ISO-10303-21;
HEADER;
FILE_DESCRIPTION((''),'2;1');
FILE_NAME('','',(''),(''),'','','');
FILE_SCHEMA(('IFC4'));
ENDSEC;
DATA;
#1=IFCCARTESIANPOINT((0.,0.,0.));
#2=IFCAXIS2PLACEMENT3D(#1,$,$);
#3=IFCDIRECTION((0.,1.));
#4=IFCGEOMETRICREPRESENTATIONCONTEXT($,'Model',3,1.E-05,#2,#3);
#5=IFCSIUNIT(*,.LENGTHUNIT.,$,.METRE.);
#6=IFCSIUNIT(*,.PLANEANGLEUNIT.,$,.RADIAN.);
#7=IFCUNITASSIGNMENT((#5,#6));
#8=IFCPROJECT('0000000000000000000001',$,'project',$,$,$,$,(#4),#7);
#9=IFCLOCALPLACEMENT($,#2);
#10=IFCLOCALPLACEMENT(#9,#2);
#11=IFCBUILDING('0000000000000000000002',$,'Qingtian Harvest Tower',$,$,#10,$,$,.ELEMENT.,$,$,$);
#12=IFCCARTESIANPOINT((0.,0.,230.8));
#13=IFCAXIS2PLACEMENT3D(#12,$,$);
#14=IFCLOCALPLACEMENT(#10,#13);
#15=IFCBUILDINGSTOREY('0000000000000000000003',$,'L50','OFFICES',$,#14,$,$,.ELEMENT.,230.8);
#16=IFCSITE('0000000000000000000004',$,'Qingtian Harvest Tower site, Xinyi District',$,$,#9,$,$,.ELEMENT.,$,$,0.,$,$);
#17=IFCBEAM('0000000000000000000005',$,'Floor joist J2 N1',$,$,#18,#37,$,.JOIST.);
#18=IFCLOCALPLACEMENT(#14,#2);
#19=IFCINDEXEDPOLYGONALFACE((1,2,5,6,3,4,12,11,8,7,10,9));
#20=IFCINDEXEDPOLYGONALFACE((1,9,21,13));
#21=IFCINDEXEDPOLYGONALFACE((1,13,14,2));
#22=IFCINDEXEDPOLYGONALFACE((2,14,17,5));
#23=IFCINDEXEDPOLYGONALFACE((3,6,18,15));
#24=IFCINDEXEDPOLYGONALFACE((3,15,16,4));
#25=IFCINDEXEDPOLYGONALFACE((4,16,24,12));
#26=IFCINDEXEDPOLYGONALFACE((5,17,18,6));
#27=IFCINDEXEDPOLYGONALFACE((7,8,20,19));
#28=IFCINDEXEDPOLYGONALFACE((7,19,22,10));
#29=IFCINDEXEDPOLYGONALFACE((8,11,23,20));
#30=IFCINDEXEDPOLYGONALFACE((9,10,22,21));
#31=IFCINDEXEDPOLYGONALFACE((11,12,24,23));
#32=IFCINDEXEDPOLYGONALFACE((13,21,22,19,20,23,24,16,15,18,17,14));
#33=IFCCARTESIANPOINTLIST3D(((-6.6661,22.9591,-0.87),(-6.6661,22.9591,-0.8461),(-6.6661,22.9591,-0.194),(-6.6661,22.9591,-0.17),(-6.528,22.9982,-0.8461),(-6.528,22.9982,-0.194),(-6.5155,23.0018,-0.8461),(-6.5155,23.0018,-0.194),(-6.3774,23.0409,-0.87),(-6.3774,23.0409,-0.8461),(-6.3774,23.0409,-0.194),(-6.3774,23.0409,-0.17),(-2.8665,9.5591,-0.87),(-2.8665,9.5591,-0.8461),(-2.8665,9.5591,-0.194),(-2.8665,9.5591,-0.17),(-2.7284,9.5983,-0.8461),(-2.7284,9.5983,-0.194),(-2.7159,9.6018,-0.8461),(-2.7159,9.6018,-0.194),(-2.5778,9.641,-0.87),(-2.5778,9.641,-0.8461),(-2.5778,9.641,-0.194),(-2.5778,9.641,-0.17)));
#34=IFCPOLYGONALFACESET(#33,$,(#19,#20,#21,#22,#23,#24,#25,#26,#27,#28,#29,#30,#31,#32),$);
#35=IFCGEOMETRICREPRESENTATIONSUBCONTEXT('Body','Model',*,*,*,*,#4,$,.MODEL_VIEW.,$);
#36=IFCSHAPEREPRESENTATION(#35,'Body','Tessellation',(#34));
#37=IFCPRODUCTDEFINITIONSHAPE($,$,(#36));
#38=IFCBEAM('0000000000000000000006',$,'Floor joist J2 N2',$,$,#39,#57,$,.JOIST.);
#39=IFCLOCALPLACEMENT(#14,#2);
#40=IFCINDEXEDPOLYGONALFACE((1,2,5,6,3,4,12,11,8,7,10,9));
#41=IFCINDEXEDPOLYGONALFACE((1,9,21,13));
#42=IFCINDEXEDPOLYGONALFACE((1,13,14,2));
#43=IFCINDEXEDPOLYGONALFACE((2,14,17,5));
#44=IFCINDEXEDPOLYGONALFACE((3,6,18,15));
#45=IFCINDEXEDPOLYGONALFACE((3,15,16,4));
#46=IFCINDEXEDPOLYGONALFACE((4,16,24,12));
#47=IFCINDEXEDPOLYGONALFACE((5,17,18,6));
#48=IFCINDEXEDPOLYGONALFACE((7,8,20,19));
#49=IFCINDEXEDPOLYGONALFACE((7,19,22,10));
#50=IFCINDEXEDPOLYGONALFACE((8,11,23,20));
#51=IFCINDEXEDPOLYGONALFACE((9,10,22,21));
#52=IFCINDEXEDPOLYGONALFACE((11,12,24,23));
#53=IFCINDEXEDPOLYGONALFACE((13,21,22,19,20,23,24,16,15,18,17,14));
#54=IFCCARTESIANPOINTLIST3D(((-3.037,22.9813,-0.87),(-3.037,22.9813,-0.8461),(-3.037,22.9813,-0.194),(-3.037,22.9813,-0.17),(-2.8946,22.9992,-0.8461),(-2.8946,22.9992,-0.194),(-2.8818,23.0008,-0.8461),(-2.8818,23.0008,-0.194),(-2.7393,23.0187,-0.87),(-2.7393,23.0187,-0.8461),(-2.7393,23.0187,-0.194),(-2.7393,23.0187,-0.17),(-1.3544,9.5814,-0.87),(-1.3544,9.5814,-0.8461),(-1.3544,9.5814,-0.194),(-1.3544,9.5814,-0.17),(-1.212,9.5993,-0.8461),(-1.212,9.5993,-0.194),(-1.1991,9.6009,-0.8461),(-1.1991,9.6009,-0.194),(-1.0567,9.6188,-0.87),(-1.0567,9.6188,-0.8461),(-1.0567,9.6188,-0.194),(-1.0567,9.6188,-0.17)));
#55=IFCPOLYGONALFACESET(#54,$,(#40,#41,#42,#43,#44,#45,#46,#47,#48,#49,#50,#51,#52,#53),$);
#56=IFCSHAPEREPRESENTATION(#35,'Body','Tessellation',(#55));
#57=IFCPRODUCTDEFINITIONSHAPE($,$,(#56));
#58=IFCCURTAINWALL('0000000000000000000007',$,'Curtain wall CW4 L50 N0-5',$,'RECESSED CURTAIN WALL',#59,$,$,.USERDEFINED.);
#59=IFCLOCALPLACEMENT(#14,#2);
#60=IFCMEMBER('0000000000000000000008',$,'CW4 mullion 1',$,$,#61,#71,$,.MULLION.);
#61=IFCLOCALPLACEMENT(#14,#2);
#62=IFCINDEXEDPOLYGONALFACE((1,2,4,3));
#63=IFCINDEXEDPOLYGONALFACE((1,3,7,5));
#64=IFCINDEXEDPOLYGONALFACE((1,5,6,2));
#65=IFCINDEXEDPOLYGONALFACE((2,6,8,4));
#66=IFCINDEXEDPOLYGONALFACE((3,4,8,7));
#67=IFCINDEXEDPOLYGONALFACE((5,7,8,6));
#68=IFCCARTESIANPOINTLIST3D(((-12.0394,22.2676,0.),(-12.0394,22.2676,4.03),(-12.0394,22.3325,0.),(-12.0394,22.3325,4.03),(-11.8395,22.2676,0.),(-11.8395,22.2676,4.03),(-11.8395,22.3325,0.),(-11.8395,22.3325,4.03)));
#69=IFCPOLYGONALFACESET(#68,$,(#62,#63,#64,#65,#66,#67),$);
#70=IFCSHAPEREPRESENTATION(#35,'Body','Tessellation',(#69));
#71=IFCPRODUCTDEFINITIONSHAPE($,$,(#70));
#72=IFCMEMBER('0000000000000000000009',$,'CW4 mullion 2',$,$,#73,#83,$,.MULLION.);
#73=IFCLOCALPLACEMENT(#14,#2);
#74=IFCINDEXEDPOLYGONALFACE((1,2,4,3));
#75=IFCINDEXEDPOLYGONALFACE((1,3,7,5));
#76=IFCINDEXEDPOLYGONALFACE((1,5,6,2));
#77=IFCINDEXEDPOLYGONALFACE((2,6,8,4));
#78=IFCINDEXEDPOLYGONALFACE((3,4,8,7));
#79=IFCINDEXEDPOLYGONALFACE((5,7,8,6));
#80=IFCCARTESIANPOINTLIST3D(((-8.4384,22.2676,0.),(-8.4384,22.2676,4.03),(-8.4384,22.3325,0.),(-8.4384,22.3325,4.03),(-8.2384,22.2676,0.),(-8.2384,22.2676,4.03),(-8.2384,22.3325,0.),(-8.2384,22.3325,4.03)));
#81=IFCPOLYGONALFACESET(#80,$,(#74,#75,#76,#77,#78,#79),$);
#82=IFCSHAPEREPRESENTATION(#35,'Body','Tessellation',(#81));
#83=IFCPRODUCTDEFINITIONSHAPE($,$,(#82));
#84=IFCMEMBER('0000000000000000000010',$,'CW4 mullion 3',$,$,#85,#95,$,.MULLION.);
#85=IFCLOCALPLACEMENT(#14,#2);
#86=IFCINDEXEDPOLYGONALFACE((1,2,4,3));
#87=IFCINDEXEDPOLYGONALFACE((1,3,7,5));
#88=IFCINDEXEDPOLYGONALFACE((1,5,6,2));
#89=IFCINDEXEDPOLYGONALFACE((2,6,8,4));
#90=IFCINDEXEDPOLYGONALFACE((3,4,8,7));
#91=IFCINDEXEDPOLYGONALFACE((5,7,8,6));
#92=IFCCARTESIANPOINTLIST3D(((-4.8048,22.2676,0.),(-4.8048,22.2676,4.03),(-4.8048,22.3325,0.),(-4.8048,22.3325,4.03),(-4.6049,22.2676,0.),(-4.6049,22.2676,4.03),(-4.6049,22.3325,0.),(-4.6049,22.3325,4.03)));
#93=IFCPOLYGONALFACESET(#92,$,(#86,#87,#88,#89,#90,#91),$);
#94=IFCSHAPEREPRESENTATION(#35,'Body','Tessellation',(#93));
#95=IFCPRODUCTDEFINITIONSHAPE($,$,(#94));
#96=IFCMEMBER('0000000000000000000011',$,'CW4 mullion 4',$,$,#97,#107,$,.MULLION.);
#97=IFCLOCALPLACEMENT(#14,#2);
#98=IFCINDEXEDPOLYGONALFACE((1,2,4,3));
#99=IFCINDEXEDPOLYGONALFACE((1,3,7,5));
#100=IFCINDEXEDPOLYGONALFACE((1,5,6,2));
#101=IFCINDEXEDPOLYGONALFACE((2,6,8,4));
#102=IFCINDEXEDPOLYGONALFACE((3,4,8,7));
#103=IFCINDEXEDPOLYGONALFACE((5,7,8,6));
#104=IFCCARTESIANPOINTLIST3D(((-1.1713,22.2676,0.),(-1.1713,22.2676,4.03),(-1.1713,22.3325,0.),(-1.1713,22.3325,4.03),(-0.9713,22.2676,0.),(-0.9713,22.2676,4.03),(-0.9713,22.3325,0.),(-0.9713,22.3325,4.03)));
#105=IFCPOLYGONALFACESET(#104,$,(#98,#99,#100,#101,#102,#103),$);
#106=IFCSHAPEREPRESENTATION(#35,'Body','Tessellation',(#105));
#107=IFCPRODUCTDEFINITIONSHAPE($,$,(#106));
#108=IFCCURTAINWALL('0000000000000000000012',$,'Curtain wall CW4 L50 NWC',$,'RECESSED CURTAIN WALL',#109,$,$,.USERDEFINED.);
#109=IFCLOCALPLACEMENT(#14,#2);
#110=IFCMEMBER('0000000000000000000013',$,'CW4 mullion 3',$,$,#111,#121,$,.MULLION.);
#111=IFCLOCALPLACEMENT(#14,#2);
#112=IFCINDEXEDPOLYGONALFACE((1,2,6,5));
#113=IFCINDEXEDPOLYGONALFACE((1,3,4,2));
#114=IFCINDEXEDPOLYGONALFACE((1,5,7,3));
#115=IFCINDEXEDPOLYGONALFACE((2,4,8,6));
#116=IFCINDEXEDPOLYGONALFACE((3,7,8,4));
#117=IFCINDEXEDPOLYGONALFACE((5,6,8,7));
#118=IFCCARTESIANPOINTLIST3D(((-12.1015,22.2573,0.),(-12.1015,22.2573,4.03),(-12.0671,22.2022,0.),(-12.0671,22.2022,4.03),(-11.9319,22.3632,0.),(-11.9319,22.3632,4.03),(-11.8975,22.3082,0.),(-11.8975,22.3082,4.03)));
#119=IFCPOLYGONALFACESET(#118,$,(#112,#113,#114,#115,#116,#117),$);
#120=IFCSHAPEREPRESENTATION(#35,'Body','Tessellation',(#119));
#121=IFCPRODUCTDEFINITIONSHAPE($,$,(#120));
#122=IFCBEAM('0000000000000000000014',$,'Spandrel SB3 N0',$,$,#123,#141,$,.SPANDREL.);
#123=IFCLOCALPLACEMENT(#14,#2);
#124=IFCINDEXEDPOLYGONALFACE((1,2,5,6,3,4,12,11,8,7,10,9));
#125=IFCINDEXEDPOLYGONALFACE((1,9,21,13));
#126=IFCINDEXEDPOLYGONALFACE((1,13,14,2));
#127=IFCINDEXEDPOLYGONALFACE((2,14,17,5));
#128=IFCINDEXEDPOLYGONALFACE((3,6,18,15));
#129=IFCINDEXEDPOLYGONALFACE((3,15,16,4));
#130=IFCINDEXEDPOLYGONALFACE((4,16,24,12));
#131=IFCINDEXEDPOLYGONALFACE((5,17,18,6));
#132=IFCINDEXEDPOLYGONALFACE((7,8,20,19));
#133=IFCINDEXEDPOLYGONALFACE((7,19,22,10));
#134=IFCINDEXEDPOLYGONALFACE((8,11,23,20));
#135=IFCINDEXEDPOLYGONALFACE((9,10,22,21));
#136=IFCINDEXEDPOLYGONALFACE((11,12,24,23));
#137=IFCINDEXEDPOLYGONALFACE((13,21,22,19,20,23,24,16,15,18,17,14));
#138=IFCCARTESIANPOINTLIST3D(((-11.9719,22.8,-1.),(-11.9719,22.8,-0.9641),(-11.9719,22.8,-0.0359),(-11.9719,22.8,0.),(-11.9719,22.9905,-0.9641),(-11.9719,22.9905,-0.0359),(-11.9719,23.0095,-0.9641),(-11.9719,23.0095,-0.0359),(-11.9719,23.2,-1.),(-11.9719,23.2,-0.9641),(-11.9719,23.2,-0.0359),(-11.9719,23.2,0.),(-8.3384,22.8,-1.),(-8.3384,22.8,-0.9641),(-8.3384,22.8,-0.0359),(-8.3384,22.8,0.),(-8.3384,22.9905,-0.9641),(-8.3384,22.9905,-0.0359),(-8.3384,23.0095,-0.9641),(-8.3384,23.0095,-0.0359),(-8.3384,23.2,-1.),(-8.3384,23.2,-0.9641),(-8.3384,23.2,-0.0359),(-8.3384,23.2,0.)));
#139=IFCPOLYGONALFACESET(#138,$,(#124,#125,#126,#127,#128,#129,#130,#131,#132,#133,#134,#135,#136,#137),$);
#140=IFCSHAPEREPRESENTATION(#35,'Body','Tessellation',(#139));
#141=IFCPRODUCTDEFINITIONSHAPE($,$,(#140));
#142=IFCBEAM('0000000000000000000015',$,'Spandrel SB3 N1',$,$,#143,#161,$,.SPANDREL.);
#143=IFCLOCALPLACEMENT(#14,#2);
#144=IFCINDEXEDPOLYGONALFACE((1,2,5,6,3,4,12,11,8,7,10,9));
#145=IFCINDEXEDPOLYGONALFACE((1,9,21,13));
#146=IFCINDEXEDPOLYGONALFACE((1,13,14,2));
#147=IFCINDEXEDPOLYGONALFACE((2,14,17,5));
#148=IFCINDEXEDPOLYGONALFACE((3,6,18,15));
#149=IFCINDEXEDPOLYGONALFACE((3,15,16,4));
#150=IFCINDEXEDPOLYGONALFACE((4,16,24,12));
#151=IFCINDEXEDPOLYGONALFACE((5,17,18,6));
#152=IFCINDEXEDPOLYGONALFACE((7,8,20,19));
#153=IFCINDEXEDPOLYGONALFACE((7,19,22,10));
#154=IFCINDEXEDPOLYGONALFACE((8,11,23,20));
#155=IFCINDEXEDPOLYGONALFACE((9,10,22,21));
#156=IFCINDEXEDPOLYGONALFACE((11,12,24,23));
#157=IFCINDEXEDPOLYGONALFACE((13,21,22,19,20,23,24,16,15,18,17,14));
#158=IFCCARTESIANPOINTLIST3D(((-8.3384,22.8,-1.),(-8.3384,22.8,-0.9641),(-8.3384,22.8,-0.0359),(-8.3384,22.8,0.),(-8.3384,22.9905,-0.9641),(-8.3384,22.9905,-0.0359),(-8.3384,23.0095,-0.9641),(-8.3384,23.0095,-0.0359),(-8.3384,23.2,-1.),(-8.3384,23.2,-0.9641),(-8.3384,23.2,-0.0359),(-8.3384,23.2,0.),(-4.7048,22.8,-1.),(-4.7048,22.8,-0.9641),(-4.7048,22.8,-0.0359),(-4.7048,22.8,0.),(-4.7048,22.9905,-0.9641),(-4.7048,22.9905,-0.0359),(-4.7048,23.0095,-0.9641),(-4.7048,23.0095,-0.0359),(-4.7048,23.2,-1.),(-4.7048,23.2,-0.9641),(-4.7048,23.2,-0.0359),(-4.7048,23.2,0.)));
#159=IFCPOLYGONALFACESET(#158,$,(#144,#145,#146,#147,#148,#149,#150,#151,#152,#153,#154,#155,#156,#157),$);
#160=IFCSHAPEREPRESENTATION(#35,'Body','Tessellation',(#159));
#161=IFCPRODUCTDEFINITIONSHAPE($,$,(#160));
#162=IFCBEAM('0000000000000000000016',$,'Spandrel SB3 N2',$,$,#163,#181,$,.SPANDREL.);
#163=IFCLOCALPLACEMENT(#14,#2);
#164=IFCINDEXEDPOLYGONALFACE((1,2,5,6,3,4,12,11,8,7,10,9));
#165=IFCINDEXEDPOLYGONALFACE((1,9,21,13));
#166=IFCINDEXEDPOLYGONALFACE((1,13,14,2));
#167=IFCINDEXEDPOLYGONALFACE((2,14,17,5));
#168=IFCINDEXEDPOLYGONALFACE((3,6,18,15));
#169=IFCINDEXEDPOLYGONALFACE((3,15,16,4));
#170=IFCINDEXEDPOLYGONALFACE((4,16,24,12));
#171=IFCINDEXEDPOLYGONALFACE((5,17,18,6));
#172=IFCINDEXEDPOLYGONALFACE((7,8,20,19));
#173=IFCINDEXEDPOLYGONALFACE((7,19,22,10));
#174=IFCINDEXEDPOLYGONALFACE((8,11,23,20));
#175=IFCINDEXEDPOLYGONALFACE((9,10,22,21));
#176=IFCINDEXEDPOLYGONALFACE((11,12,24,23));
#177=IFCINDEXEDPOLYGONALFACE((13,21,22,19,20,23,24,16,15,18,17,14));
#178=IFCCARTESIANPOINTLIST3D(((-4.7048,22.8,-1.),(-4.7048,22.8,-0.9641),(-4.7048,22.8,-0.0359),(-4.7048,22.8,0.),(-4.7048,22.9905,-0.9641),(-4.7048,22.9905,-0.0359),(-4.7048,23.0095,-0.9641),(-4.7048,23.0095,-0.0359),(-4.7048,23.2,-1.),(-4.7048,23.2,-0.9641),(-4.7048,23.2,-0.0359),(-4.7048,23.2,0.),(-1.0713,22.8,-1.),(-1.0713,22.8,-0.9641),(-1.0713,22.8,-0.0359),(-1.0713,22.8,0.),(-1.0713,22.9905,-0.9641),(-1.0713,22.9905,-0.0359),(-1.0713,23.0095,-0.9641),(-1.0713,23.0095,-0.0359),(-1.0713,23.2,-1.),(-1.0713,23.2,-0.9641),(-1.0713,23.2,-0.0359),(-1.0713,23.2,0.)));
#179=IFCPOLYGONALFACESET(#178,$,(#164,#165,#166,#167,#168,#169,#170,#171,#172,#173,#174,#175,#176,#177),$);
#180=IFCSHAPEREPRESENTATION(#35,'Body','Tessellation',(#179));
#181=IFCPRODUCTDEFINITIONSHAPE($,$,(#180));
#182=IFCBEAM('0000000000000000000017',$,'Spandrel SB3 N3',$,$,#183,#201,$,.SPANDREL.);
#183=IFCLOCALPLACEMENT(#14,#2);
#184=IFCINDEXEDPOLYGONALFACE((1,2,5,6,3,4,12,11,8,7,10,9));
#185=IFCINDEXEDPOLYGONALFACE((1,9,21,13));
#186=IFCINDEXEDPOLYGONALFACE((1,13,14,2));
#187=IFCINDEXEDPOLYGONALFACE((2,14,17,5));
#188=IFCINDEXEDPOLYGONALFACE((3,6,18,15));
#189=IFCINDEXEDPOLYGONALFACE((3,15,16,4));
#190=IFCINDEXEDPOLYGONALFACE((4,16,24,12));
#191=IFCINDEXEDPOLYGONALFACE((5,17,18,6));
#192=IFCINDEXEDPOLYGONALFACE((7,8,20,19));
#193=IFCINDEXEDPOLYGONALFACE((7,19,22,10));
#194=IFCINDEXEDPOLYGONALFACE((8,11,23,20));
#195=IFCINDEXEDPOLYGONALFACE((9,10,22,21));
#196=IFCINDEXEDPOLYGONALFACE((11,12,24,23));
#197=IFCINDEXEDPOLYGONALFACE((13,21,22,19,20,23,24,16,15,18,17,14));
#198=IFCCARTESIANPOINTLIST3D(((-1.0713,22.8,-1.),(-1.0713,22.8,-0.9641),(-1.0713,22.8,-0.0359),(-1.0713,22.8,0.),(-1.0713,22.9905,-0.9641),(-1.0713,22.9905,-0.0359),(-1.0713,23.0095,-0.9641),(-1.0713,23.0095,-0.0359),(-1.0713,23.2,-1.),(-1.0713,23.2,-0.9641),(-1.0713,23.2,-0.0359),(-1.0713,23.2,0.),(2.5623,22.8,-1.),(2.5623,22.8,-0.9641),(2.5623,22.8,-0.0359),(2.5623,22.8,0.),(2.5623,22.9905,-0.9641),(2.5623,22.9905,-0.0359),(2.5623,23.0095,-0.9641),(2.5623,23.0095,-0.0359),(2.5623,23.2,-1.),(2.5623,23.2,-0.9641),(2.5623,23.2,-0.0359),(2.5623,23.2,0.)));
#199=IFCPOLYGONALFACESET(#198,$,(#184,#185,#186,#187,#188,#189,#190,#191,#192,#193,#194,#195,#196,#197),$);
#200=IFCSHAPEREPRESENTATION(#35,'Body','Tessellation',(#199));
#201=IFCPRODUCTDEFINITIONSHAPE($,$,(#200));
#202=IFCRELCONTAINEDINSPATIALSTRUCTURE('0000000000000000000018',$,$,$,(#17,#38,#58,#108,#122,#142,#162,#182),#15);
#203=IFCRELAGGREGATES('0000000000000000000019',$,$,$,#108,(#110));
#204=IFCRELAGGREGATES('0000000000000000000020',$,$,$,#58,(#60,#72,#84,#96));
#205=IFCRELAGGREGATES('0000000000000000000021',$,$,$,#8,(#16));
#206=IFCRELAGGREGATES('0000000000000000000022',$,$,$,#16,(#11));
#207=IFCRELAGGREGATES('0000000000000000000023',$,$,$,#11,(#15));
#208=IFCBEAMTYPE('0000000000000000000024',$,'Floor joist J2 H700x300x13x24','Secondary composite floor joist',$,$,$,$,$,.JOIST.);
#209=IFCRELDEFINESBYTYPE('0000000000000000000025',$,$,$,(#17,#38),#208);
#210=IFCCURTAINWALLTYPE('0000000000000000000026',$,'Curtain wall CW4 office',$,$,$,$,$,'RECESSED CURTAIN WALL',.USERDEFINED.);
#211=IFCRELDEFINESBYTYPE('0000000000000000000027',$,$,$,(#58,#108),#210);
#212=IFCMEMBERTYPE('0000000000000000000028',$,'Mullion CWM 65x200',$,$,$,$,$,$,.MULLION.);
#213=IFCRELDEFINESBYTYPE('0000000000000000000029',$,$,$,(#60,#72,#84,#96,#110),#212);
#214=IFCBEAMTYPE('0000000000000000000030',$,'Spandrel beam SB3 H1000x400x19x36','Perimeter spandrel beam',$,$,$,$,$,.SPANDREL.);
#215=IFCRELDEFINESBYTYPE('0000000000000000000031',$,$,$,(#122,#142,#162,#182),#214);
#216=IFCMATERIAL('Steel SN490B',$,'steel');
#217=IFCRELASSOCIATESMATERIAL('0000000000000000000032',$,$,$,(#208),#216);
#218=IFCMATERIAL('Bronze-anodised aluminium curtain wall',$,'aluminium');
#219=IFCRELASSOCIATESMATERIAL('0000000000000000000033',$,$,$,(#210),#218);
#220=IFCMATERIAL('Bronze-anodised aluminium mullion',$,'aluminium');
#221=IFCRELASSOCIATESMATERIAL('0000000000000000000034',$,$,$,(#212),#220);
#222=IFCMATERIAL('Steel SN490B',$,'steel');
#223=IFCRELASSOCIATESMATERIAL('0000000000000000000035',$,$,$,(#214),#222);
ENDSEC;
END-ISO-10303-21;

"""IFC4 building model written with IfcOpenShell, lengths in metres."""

from ifc_helpers import new_model, si_unit, direction, frame, origin, origin_2d, place, context, subcontext, project, spatial, rectangle, i_section, extrude, material, material_profile, profile_set, type_object, element, aggregate, save


model = new_model("IFC4")

# Units and contexts
model_context = context("Model", 3, precision=1e-05, world=origin(), true_north=direction((0.0, 1.0)))
body_context = subcontext(model_context, "Body", "Model", "MODEL_VIEW")
ifc_project = project(units=[si_unit("LENGTHUNIT", "METRE"), si_unit("PLANEANGLEUNIT", "RADIAN")], contexts=[model_context])

# Site, building, storey
site_placement = place(None, origin())
site = spatial("IfcSite", under=ifc_project, at=site_placement, Name="Qingtian Harvest Tower site, Xinyi District", CompositionType="ELEMENT", RefElevation=0.0)
building_placement = place(site_placement, origin())
building = spatial("IfcBuilding", under=site, at=building_placement, Name="Qingtian Harvest Tower", CompositionType="ELEMENT")
storey_placement = place(building_placement, frame((0.0, 0.0, 230.8)))
storey = spatial("IfcBuildingStorey", under=building, at=storey_placement, Name="L50", Description="OFFICES", CompositionType="ELEMENT", Elevation=230.8)

# Beams
ifc_material_1 = material(Name="Steel SN490B", Category="steel")
ifc_material_profile_1 = material_profile(ifc_material_1, i_section(OverallWidth=0.3, OverallDepth=0.7, WebThickness=0.0129, FlangeThickness=0.0239, at=origin_2d()), Name="H700x300x13x24")
ifc_profile_set_1 = profile_set([ifc_material_profile_1], Name="Steel SN490B")
beam_type_1 = type_object("IfcBeamType", Name="Floor joist J2 H700x300x13x24", Description="Secondary composite floor joist", PredefinedType="JOIST", material=ifc_profile_set_1)
beam_1_placement = place(storey_placement, frame((-6.5217, 23.0, -0.52), z_axis=(0.272797, -0.962072, 0.0), x_axis=(0.962072, 0.272797, 0.0)))
element("IfcBeam", 1, at=beam_1_placement, inside=storey, type_object=beam_type_1, Name="Floor joist J2 N1", PredefinedType="JOIST", context=body_context, shape_type="SweptSolid", body=[
    extrude(i_section(OverallWidth=0.3, OverallDepth=0.7, WebThickness=0.0129, FlangeThickness=0.0239, at=origin_2d()), origin(), (0.0, 0.0, 1.0), 13.9282),
])
beam_2_placement = place(storey_placement, frame((-2.8882, 23.0, -0.52), z_axis=(0.124591, -0.992208, 0.0), x_axis=(0.992208, 0.124591, 0.0)))
element("IfcBeam", 2, at=beam_2_placement, inside=storey, type_object=beam_type_1, Name="Floor joist J2 N2", PredefinedType="JOIST", context=body_context, shape_type="SweptSolid", body=[
    extrude(i_section(OverallWidth=0.3, OverallDepth=0.7, WebThickness=0.0129, FlangeThickness=0.0239, at=origin_2d()), origin(), (0.0, 0.0, 1.0), 13.5051),
])

# Curtain wall, members
ifc_material_2 = material(Name="Bronze-anodised aluminium curtain wall", Category="aluminium")
curtain_wall_type = type_object("IfcCurtainWallType", Name="Curtain wall CW4 office", ElementType="RECESSED CURTAIN WALL", PredefinedType="USERDEFINED", material=ifc_material_2)
curtain_wall_1_placement = place(storey_placement, origin())
curtain_wall_1 = element("IfcCurtainWall", 3, at=curtain_wall_1_placement, inside=storey, type_object=curtain_wall_type, Name="Curtain wall CW4 L50 N0-5", ObjectType="RECESSED CURTAIN WALL", PredefinedType="USERDEFINED")
ifc_material_3 = material(Name="Bronze-anodised aluminium mullion", Category="aluminium")
ifc_material_profile_2 = material_profile(ifc_material_3, rectangle(XDim=0.0649, YDim=0.2, at=origin_2d()), Name="AL 65x200")
ifc_profile_set_2 = profile_set([ifc_material_profile_2], Name="Bronze-anodised aluminium mullion")
member_type_1 = type_object("IfcMemberType", Name="Mullion CWM 65x200", PredefinedType="MULLION", material=ifc_profile_set_2)
member_1_placement = place(storey_placement, frame((-11.9395, 22.3, 0.0), z_axis=(0.0, 0.0, 1.0), x_axis=(0.0, 1.0, 0.0)))
member_1 = element("IfcMember", 4, at=member_1_placement, type_object=member_type_1, Name="CW4 mullion 1", PredefinedType="MULLION", context=body_context, shape_type="SweptSolid", body=[
    extrude(rectangle(XDim=0.0649, YDim=0.2, at=origin_2d()), origin(), (0.0, 0.0, 1.0), 4.03),
])
member_2_placement = place(storey_placement, frame((-8.3384, 22.3, 0.0), z_axis=(0.0, 0.0, 1.0), x_axis=(0.0, 1.0, 0.0)))
member_2 = element("IfcMember", 5, at=member_2_placement, type_object=member_type_1, Name="CW4 mullion 2", PredefinedType="MULLION", context=body_context, shape_type="SweptSolid", body=[
    extrude(rectangle(XDim=0.0649, YDim=0.2, at=origin_2d()), origin(), (0.0, 0.0, 1.0), 4.03),
])
member_3_placement = place(storey_placement, frame((-4.7048, 22.3, 0.0), z_axis=(0.0, 0.0, 1.0), x_axis=(0.0, 1.0, 0.0)))
member_3 = element("IfcMember", 6, at=member_3_placement, type_object=member_type_1, Name="CW4 mullion 3", PredefinedType="MULLION", context=body_context, shape_type="SweptSolid", body=[
    extrude(rectangle(XDim=0.0649, YDim=0.2, at=origin_2d()), origin(), (0.0, 0.0, 1.0), 4.03),
])
member_4_placement = place(storey_placement, frame((-1.0713, 22.3, 0.0), z_axis=(0.0, 0.0, 1.0), x_axis=(0.0, 1.0, 0.0)))
member_4 = element("IfcMember", 7, at=member_4_placement, type_object=member_type_1, Name="CW4 mullion 4", PredefinedType="MULLION", context=body_context, shape_type="SweptSolid", body=[
    extrude(rectangle(XDim=0.0649, YDim=0.2, at=origin_2d()), origin(), (0.0, 0.0, 1.0), 4.03),
])

# Curtain wall, member
curtain_wall_2_placement = place(storey_placement, origin())
curtain_wall_2 = element("IfcCurtainWall", 8, at=curtain_wall_2_placement, inside=storey, type_object=curtain_wall_type, Name="Curtain wall CW4 L50 NWC", ObjectType="RECESSED CURTAIN WALL", PredefinedType="USERDEFINED")
member_5_placement = place(storey_placement, frame((-11.9995, 22.2827, 0.0), z_axis=(0.0, 0.0, 1.0), x_axis=(-0.529919, 0.848048, 0.0)))
member_5 = element("IfcMember", 9, at=member_5_placement, type_object=member_type_1, Name="CW4 mullion 3", PredefinedType="MULLION", context=body_context, shape_type="SweptSolid", body=[
    extrude(rectangle(XDim=0.0649, YDim=0.2, at=origin_2d()), origin(), (0.0, 0.0, 1.0), 4.03),
])
aggregate(curtain_wall_2, [member_5])

# Beams
ifc_material_4 = material(Name="Steel SN490B", Category="steel")
ifc_material_profile_3 = material_profile(ifc_material_4, i_section(OverallWidth=0.3999, OverallDepth=1.0, WebThickness=0.019, FlangeThickness=0.0359, at=origin_2d()), Name="H1000x400x19x36")
ifc_profile_set_3 = profile_set([ifc_material_profile_3], Name="Steel SN490B")
beam_type_2 = type_object("IfcBeamType", Name="Spandrel beam SB3 H1000x400x19x36", Description="Perimeter spandrel beam", PredefinedType="SPANDREL", material=ifc_profile_set_3)
for number, where, z_axis, x_axis, name in (
    (10, (-11.9719, 23.0, -0.5), (1.0, 0.0, 0.0), (0.0, 1.0, 0.0), "Spandrel SB3 N0"),
    (11, (-8.3384, 23.0, -0.5), (1.0, 0.0, 0.0), (0.0, 1.0, 0.0), "Spandrel SB3 N1"),
    (12, (-4.7048, 23.0, -0.5), (1.0, 0.0, 0.0), (0.0, 1.0, 0.0), "Spandrel SB3 N2"),
    (13, (-1.0713, 23.0, -0.5), (1.0, 0.0, 0.0), (0.0, 1.0, 0.0), "Spandrel SB3 N3"),
):
    element("IfcBeam", number, at=place(storey_placement, frame(where, z_axis=z_axis, x_axis=x_axis)), inside=storey, type_object=beam_type_2, Name=name, PredefinedType="SPANDREL", context=body_context, shape_type="SweptSolid", body=[
        extrude(i_section(OverallWidth=0.3999, OverallDepth=1.0, WebThickness=0.019, FlangeThickness=0.0359, at=origin_2d()), origin(), (0.0, 0.0, 1.0), 3.6335),
    ])

aggregate(curtain_wall_1, [member_1, member_2, member_3, member_4])

save(model, "model.ifc")
